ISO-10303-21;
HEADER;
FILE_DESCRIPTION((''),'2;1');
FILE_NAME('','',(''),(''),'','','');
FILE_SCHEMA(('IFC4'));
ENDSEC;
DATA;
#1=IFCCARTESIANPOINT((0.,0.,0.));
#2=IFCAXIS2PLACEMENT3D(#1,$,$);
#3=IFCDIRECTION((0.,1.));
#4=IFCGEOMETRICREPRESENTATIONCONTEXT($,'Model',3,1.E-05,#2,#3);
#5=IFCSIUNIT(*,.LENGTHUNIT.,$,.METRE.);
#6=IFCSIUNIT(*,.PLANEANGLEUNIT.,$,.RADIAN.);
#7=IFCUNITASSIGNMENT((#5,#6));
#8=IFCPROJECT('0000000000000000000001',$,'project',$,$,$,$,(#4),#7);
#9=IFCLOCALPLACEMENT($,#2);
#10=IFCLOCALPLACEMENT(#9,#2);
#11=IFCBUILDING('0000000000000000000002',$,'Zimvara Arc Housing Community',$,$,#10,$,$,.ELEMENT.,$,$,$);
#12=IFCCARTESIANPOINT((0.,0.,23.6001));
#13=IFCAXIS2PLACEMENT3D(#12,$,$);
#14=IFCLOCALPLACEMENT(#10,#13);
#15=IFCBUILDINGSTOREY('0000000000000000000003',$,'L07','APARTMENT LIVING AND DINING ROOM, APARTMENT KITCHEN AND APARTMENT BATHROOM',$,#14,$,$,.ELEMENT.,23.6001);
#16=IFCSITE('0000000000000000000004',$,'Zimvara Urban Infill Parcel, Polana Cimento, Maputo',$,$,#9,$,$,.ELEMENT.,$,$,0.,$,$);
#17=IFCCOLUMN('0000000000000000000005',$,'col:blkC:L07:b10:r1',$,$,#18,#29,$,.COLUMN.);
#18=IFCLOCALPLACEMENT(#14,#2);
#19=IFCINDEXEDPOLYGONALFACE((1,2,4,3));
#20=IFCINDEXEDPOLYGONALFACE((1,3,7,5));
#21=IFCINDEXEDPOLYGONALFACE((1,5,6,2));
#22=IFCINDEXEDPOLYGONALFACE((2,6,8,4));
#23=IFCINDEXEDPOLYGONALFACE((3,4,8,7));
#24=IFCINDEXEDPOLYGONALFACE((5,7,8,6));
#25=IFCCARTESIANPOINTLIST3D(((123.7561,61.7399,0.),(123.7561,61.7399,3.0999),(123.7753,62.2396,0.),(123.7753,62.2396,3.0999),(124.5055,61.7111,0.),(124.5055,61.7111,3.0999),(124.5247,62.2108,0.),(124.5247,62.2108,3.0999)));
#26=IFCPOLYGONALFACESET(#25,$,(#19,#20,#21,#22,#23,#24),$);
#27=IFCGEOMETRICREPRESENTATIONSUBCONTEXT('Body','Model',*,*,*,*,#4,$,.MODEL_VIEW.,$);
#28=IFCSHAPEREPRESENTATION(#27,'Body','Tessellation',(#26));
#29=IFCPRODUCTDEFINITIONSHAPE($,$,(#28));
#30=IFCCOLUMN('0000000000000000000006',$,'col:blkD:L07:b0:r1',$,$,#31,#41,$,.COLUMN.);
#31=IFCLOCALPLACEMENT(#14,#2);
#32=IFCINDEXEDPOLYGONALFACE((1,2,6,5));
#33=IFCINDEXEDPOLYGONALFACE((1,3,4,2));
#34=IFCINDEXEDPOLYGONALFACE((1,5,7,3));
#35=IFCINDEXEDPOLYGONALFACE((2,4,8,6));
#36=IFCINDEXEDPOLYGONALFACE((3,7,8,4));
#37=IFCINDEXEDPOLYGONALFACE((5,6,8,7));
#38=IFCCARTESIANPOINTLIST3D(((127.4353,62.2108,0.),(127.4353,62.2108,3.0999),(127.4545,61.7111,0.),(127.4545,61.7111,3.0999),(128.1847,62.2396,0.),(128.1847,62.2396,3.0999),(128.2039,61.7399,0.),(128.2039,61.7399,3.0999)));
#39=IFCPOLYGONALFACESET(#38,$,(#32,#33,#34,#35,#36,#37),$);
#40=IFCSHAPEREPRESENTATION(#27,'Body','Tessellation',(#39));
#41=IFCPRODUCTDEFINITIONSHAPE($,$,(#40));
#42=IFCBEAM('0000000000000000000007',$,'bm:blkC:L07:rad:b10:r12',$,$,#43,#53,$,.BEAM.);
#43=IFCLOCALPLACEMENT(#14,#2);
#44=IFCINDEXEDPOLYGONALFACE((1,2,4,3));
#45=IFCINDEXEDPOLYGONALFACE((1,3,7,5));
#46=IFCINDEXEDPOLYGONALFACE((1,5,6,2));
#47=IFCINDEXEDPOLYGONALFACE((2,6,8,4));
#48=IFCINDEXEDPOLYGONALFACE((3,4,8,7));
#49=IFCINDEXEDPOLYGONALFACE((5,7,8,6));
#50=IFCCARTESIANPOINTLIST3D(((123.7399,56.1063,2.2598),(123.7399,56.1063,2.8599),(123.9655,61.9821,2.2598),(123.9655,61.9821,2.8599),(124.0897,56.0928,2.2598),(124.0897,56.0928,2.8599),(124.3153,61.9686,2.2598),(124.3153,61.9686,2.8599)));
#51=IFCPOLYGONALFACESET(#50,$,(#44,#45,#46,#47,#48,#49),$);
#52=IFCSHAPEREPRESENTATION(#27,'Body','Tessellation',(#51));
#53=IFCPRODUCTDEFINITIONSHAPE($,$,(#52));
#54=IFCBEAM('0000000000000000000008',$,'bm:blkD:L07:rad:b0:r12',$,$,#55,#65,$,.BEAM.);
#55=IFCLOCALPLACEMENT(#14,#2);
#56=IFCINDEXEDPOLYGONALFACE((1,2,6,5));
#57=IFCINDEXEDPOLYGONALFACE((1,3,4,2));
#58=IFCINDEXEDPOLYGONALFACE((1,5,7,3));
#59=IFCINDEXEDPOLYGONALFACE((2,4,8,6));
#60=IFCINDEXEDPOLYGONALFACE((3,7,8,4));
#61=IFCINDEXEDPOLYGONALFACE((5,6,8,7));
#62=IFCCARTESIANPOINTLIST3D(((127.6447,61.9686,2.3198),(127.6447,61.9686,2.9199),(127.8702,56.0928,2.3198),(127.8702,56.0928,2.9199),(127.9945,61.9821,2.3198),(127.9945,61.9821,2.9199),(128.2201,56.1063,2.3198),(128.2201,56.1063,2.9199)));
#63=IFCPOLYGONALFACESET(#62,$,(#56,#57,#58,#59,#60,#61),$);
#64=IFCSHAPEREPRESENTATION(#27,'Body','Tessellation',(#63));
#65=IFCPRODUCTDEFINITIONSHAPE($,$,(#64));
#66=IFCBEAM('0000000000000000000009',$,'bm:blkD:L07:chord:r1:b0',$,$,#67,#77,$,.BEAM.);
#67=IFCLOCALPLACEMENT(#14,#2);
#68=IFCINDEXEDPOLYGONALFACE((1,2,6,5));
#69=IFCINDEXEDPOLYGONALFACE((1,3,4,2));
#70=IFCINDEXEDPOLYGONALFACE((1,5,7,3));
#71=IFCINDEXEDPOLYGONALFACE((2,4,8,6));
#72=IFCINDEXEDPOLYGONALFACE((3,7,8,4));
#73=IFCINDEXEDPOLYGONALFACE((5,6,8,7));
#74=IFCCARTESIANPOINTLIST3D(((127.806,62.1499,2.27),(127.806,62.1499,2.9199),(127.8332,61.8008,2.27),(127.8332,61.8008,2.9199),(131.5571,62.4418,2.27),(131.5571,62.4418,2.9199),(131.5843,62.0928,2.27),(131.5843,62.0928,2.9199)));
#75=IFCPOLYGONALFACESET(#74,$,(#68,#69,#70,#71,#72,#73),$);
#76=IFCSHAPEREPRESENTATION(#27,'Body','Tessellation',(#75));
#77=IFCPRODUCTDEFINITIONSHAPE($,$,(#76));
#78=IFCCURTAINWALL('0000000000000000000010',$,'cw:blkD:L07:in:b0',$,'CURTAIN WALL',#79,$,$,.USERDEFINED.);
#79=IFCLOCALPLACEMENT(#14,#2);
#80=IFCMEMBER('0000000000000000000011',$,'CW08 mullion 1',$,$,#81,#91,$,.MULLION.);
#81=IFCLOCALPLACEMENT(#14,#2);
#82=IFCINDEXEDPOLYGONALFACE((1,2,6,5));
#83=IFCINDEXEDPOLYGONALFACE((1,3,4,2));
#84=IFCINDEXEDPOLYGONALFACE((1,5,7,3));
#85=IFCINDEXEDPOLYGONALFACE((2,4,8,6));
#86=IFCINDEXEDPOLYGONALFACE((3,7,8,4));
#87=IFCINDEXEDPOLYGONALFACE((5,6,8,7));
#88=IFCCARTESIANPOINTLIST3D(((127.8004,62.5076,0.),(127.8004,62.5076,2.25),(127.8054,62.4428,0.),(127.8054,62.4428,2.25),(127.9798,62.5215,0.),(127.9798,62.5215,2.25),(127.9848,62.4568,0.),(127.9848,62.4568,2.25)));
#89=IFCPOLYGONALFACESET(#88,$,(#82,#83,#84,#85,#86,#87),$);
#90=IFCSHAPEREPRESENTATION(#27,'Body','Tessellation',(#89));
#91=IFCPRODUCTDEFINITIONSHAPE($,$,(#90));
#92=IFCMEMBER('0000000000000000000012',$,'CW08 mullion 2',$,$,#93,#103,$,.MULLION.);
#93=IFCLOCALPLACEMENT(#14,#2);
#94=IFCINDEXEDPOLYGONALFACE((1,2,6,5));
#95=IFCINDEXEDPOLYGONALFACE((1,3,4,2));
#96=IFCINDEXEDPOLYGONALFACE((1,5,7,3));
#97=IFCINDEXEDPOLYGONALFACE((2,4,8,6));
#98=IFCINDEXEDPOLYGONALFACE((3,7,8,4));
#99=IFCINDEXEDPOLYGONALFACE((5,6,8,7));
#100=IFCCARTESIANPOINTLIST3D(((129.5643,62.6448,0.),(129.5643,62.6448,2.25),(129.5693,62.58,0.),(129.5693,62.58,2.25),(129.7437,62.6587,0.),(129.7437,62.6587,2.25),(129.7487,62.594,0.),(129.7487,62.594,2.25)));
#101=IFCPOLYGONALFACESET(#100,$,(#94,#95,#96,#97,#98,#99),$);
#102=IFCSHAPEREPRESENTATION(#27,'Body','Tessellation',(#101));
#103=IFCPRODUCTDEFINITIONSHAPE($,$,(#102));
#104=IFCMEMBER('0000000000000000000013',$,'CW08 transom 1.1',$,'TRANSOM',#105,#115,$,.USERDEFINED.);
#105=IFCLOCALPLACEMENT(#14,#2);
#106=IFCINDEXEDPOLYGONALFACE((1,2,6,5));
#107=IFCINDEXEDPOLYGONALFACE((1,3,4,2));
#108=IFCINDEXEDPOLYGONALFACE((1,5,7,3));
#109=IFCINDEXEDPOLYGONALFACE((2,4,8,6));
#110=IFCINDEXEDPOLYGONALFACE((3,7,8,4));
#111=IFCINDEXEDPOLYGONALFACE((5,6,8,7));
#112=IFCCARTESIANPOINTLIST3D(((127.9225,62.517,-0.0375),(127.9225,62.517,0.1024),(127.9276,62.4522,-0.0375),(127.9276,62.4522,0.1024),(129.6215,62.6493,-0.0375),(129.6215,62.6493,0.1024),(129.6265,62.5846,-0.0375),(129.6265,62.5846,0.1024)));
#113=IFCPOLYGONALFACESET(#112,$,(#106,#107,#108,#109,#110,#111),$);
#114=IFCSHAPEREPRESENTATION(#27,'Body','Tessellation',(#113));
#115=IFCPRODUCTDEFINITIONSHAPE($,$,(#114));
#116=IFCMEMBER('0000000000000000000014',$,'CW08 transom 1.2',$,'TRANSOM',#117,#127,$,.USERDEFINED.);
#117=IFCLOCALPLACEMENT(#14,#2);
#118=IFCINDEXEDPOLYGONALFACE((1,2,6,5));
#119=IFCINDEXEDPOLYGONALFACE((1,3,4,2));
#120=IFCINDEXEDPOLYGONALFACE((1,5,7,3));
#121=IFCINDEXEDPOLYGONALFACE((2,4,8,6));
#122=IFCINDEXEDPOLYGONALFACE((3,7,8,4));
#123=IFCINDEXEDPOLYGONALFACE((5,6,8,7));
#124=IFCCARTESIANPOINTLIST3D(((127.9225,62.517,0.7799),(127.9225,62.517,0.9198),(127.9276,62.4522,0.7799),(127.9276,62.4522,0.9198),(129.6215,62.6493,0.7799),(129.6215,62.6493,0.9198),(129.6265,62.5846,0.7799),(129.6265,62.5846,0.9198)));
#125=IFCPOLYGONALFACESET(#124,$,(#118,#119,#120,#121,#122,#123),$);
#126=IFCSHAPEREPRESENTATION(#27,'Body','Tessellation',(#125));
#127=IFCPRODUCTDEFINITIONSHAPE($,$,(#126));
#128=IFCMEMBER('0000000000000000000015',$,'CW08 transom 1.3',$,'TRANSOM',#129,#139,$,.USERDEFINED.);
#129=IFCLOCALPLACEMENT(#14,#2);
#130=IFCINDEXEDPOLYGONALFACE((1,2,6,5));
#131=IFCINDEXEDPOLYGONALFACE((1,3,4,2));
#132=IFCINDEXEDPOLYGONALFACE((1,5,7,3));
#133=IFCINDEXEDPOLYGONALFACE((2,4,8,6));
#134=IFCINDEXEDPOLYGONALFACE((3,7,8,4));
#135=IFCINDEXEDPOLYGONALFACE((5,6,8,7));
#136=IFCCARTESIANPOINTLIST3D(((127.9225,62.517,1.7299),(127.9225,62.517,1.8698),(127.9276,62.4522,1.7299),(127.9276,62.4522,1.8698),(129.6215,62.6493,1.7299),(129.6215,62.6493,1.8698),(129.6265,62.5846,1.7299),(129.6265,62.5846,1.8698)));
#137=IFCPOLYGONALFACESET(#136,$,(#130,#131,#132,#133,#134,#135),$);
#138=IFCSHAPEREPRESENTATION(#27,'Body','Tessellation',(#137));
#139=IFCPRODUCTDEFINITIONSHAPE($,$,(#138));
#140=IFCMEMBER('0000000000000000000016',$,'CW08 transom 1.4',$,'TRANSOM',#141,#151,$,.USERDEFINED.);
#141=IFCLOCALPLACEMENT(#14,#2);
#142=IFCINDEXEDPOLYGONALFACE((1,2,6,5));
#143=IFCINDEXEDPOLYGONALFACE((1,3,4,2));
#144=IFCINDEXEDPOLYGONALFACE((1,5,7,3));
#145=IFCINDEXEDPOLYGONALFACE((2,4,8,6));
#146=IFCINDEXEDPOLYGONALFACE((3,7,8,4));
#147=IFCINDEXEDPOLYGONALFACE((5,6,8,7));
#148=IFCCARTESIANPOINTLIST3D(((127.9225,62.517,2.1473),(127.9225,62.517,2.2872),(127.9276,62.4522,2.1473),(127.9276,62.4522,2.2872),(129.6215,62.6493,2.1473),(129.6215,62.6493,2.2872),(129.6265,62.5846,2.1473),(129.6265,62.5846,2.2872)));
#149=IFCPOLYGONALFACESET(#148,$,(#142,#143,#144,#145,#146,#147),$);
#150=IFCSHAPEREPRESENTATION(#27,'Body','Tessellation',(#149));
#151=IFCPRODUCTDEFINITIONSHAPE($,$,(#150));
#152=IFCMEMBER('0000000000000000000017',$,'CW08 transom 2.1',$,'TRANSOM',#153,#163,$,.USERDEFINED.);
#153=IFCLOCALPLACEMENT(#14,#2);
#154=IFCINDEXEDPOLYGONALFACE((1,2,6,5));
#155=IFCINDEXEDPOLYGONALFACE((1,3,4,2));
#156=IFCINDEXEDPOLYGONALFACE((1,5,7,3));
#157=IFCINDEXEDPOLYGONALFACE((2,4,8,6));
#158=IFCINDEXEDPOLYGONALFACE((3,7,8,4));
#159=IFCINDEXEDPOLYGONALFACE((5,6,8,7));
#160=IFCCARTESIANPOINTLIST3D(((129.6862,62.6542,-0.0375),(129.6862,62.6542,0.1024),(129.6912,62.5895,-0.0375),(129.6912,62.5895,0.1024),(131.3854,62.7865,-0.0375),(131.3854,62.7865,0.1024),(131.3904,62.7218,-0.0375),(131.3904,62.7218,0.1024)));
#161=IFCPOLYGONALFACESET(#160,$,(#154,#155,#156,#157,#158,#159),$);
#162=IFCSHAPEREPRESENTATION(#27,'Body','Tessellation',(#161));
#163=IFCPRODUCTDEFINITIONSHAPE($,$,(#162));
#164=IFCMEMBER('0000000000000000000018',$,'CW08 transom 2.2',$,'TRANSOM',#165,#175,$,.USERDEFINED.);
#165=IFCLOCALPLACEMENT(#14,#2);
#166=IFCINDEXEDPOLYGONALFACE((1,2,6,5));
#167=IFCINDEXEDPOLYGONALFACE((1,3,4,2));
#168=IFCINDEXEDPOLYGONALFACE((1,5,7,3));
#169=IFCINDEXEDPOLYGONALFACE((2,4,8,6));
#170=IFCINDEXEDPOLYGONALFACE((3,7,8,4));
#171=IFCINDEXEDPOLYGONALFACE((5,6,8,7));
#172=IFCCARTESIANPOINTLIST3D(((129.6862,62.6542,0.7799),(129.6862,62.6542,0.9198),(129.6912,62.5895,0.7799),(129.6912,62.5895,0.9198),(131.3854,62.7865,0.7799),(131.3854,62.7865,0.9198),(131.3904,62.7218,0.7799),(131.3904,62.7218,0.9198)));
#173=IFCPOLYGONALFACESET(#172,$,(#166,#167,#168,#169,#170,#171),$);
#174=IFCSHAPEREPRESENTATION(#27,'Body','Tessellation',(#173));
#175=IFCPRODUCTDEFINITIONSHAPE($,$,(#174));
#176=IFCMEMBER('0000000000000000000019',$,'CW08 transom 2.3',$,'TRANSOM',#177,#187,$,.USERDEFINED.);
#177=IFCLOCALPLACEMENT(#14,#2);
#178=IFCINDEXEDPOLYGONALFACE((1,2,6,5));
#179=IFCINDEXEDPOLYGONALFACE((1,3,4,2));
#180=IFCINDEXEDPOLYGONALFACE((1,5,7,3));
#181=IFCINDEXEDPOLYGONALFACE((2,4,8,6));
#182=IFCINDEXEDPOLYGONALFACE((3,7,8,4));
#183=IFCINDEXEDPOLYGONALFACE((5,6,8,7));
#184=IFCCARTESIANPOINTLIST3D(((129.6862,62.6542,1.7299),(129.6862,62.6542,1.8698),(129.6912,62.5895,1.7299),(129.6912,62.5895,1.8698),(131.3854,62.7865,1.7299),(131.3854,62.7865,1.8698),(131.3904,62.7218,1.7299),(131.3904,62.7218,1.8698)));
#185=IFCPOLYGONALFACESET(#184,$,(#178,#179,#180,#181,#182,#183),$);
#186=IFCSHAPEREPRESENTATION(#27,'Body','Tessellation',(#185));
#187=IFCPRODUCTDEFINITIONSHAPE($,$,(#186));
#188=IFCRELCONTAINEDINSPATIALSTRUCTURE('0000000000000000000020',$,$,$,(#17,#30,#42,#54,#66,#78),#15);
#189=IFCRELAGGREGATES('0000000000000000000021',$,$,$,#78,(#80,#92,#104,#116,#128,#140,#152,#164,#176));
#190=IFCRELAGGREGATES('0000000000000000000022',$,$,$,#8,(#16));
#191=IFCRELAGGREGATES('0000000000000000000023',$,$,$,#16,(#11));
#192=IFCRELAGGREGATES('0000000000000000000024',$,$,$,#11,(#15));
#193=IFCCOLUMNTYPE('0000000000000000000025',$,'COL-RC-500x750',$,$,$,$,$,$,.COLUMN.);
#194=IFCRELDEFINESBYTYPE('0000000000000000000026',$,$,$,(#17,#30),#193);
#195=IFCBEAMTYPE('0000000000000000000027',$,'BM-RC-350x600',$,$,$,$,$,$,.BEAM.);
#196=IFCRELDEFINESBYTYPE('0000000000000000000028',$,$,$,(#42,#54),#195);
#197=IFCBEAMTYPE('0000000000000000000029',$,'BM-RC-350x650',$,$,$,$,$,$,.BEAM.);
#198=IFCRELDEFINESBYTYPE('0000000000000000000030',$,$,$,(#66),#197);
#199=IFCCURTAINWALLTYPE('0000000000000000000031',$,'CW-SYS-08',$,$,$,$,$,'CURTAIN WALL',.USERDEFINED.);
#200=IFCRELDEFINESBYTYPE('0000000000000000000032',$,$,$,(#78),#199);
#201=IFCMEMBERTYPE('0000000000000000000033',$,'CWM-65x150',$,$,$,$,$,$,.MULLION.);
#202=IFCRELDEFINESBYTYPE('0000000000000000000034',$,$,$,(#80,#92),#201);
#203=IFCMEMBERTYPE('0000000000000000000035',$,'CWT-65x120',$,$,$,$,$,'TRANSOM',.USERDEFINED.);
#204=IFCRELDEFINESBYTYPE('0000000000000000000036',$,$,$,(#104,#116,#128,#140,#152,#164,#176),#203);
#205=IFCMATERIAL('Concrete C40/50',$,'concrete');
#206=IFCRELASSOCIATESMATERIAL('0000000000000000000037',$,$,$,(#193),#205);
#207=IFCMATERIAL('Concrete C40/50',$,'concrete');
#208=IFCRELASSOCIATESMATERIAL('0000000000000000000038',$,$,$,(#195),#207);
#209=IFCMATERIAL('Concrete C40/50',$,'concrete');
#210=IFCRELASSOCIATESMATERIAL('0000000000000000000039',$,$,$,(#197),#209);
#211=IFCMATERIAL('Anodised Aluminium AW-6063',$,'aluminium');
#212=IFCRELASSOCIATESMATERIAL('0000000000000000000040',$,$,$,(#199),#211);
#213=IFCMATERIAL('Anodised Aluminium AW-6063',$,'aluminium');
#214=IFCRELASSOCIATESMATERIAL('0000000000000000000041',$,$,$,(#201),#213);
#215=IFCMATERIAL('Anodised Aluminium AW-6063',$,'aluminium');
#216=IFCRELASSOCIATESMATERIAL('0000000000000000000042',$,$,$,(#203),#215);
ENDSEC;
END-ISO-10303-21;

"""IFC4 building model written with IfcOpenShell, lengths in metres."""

from ifc_helpers import new_model, si_unit, direction, frame, origin, origin_2d, place, context, subcontext, project, spatial, rectangle, extrude, material, material_profile, profile_set, type_object, element, aggregate, save


model = new_model("IFC4")

# Units and contexts
model_context = context("Model", 3, precision=1e-05, world=origin(), true_north=direction((0.0, 1.0)))
body_context = subcontext(model_context, "Body", "Model", "MODEL_VIEW")
ifc_project = project(units=[si_unit("LENGTHUNIT", "METRE"), si_unit("PLANEANGLEUNIT", "RADIAN")], contexts=[model_context])

# Site, building, storey
site_placement = place(None, origin())
site = spatial("IfcSite", under=ifc_project, at=site_placement, Name="Zimvara Urban Infill Parcel, Polana Cimento, Maputo", CompositionType="ELEMENT", RefElevation=0.0)
building_placement = place(site_placement, origin())
building = spatial("IfcBuilding", under=site, at=building_placement, Name="Zimvara Arc Housing Community", CompositionType="ELEMENT")
storey_placement = place(building_placement, frame((0.0, 0.0, 23.6001)))
storey = spatial("IfcBuildingStorey", under=building, at=storey_placement, Name="L07", Description="APARTMENT LIVING AND DINING ROOM, APARTMENT KITCHEN AND APARTMENT BATHROOM", CompositionType="ELEMENT", Elevation=23.6001)

# Columns
ifc_material_1 = material(Name="Concrete C40/50", Category="concrete")
ifc_material_profile_1 = material_profile(ifc_material_1, rectangle(XDim=0.5, YDim=0.75, at=origin_2d()), Name="RC 500x750")
ifc_profile_set_1 = profile_set([ifc_material_profile_1], Name="Concrete C40/50")
column_type = type_object("IfcColumnType", Name="COL-RC-500x750", PredefinedType="COLUMN", material=ifc_profile_set_1)
for number, where, z_axis, x_axis, name in (
    (1, (124.1404, 61.9753, 0.0), (0.0, 0.0, 1.0), (-0.038388, -0.999263, 0.0), "col:blkC:L07:b10:r1"),
    (2, (127.8196, 61.9753, 0.0), (0.0, 0.0, 1.0), (0.038388, -0.999263, 0.0), "col:blkD:L07:b0:r1"),
):
    element("IfcColumn", number, at=place(storey_placement, frame(where, z_axis=z_axis, x_axis=x_axis)), inside=storey, type_object=column_type, Name=name, PredefinedType="COLUMN", context=body_context, shape_type="SweptSolid", body=[
        extrude(rectangle(XDim=0.5, YDim=0.75, at=origin_2d()), origin(), (0.0, 0.0, 1.0), 3.0999),
    ])

# Beams
ifc_material_2 = material(Name="Concrete C40/50", Category="concrete")
ifc_material_profile_2 = material_profile(ifc_material_2, rectangle(XDim=0.3501, YDim=0.6001, at=origin_2d()), Name="RC 350x600")
ifc_profile_set_2 = profile_set([ifc_material_profile_2], Name="Concrete C40/50")
beam_type_1 = type_object("IfcBeamType", Name="BM-RC-350x600", PredefinedType="BEAM", material=ifc_profile_set_2)
for number, where, z_axis, x_axis, name in (
    (3, (124.1404, 61.9753, 2.5598), (-0.038365, -0.999264, 0.0), (0.999264, -0.038365, 0.0), "bm:blkC:L07:rad:b10:r12"),
    (4, (127.8196, 61.9753, 2.6199), (0.038365, -0.999264, 0.0), (0.999264, 0.038365, 0.0), "bm:blkD:L07:rad:b0:r12"),
):
    element("IfcBeam", number, at=place(storey_placement, frame(where, z_axis=z_axis, x_axis=x_axis)), inside=storey, type_object=beam_type_1, Name=name, PredefinedType="BEAM", context=body_context, shape_type="SweptSolid", body=[
        extrude(rectangle(XDim=0.3501, YDim=0.6001, at=origin_2d()), origin(), (0.0, 0.0, 1.0), 5.8801),
    ])
ifc_material_3 = material(Name="Concrete C40/50", Category="concrete")
ifc_material_profile_3 = material_profile(ifc_material_3, rectangle(XDim=0.3501, YDim=0.6499, at=origin_2d()), Name="RC 350x650")
ifc_profile_set_3 = profile_set([ifc_material_profile_3], Name="Concrete C40/50")
beam_type_2 = type_object("IfcBeamType", Name="BM-RC-350x650", PredefinedType="BEAM", material=ifc_profile_set_3)
beam_placement = place(storey_placement, frame((127.8196, 61.9753, 2.595), z_axis=(0.996984, 0.077604, 0.0), x_axis=(-0.077604, 0.996984, 0.0)))
element("IfcBeam", 5, at=beam_placement, inside=storey, type_object=beam_type_2, Name="bm:blkD:L07:chord:r1:b0", PredefinedType="BEAM", context=body_context, shape_type="SweptSolid", body=[
    extrude(rectangle(XDim=0.3501, YDim=0.6499, at=origin_2d()), origin(), (0.0, 0.0, 1.0), 3.7625),
])

# Curtain wall, members
ifc_material_4 = material(Name="Anodised Aluminium AW-6063", Category="aluminium")
curtain_wall_type = type_object("IfcCurtainWallType", Name="CW-SYS-08", ElementType="CURTAIN WALL", PredefinedType="USERDEFINED", material=ifc_material_4)
curtain_wall_placement = place(storey_placement, origin())
curtain_wall = element("IfcCurtainWall", 6, at=curtain_wall_placement, inside=storey, type_object=curtain_wall_type, Name="cw:blkD:L07:in:b0", ObjectType="CURTAIN WALL", PredefinedType="USERDEFINED")
ifc_material_5 = material(Name="Anodised Aluminium AW-6063", Category="aluminium")
ifc_material_profile_4 = material_profile(ifc_material_5, rectangle(XDim=0.0649, YDim=0.1799, at=origin_2d()), Name="ALU 65x180")
ifc_profile_set_4 = profile_set([ifc_material_profile_4], Name="Anodised Aluminium AW-6063")
member_type_1 = type_object("IfcMemberType", Name="CWM-65x150", PredefinedType="MULLION", material=ifc_profile_set_4)
member_1_placement = place(storey_placement, frame((127.8926, 62.4822, 0.0), z_axis=(0.0, 0.0, 1.0), x_axis=(-0.077588, 0.996986, 0.0)))
member_1 = element("IfcMember", 7, at=member_1_placement, type_object=member_type_1, Name="CW08 mullion 1", PredefinedType="MULLION", context=body_context, shape_type="SweptSolid", body=[
    extrude(rectangle(XDim=0.0649, YDim=0.1799, at=origin_2d()), origin(), (0.0, 0.0, 1.0), 2.25),
])
member_2_placement = place(storey_placement, frame((129.6565, 62.6194, 0.0), z_axis=(0.0, 0.0, 1.0), x_axis=(-0.077588, 0.996986, 0.0)))
member_2 = element("IfcMember", 8, at=member_2_placement, type_object=member_type_1, Name="CW08 mullion 2", PredefinedType="MULLION", context=body_context, shape_type="SweptSolid", body=[
    extrude(rectangle(XDim=0.0649, YDim=0.1799, at=origin_2d()), origin(), (0.0, 0.0, 1.0), 2.25),
])
ifc_material_6 = material(Name="Anodised Aluminium AW-6063", Category="aluminium")
ifc_material_profile_5 = material_profile(ifc_material_6, rectangle(XDim=0.0649, YDim=0.1399, at=origin_2d()), Name="ALU 65x140")
ifc_profile_set_5 = profile_set([ifc_material_profile_5], Name="Anodised Aluminium AW-6063")
member_type_2 = type_object("IfcMemberType", Name="CWT-65x120", ElementType="TRANSOM", PredefinedType="USERDEFINED", material=ifc_profile_set_5)
member_3_placement = place(storey_placement, frame((127.925, 62.4846, 0.0325), z_axis=(0.996981, 0.07765, 0.0), x_axis=(-0.07765, 0.996981, 0.0)))
member_3 = element("IfcMember", 9, at=member_3_placement, type_object=member_type_2, Name="CW08 transom 1.1", ObjectType="TRANSOM", PredefinedType="USERDEFINED", context=body_context, shape_type="SweptSolid", body=[
    extrude(rectangle(XDim=0.0649, YDim=0.1399, at=origin_2d()), origin(), (0.0, 0.0, 1.0), 1.7041),
])
member_4_placement = place(storey_placement, frame((127.925, 62.4846, 0.8499), z_axis=(0.996981, 0.07765, 0.0), x_axis=(-0.07765, 0.996981, 0.0)))
member_4 = element("IfcMember", 10, at=member_4_placement, type_object=member_type_2, Name="CW08 transom 1.2", ObjectType="TRANSOM", PredefinedType="USERDEFINED", context=body_context, shape_type="SweptSolid", body=[
    extrude(rectangle(XDim=0.0649, YDim=0.1399, at=origin_2d()), origin(), (0.0, 0.0, 1.0), 1.7041),
])
member_5_placement = place(storey_placement, frame((127.925, 62.4846, 1.7998), z_axis=(0.996981, 0.07765, 0.0), x_axis=(-0.07765, 0.996981, 0.0)))
member_5 = element("IfcMember", 11, at=member_5_placement, type_object=member_type_2, Name="CW08 transom 1.3", ObjectType="TRANSOM", PredefinedType="USERDEFINED", context=body_context, shape_type="SweptSolid", body=[
    extrude(rectangle(XDim=0.0649, YDim=0.1399, at=origin_2d()), origin(), (0.0, 0.0, 1.0), 1.7041),
])
member_6_placement = place(storey_placement, frame((127.925, 62.4846, 2.2173), z_axis=(0.996981, 0.07765, 0.0), x_axis=(-0.07765, 0.996981, 0.0)))
member_6 = element("IfcMember", 12, at=member_6_placement, type_object=member_type_2, Name="CW08 transom 1.4", ObjectType="TRANSOM", PredefinedType="USERDEFINED", context=body_context, shape_type="SweptSolid", body=[
    extrude(rectangle(XDim=0.0649, YDim=0.1399, at=origin_2d()), origin(), (0.0, 0.0, 1.0), 1.7041),
])
member_7_placement = place(storey_placement, frame((129.6887, 62.6218, 0.0325), z_axis=(0.996982, 0.077639, 0.0), x_axis=(-0.077639, 0.996982, 0.0)))
member_7 = element("IfcMember", 13, at=member_7_placement, type_object=member_type_2, Name="CW08 transom 2.1", ObjectType="TRANSOM", PredefinedType="USERDEFINED", context=body_context, shape_type="SweptSolid", body=[
    extrude(rectangle(XDim=0.0649, YDim=0.1399, at=origin_2d()), origin(), (0.0, 0.0, 1.0), 1.7043),
])
member_8_placement = place(storey_placement, frame((129.6887, 62.6218, 0.8499), z_axis=(0.996982, 0.077639, 0.0), x_axis=(-0.077639, 0.996982, 0.0)))
member_8 = element("IfcMember", 14, at=member_8_placement, type_object=member_type_2, Name="CW08 transom 2.2", ObjectType="TRANSOM", PredefinedType="USERDEFINED", context=body_context, shape_type="SweptSolid", body=[
    extrude(rectangle(XDim=0.0649, YDim=0.1399, at=origin_2d()), origin(), (0.0, 0.0, 1.0), 1.7043),
])
member_9_placement = place(storey_placement, frame((129.6887, 62.6218, 1.7998), z_axis=(0.996982, 0.077639, 0.0), x_axis=(-0.077639, 0.996982, 0.0)))
member_9 = element("IfcMember", 15, at=member_9_placement, type_object=member_type_2, Name="CW08 transom 2.3", ObjectType="TRANSOM", PredefinedType="USERDEFINED", context=body_context, shape_type="SweptSolid", body=[
    extrude(rectangle(XDim=0.0649, YDim=0.1399, at=origin_2d()), origin(), (0.0, 0.0, 1.0), 1.7043),
])
aggregate(curtain_wall, [member_1, member_2, member_3, member_4, member_5, member_6, member_7, member_8, member_9])

save(model, "model.ifc")
